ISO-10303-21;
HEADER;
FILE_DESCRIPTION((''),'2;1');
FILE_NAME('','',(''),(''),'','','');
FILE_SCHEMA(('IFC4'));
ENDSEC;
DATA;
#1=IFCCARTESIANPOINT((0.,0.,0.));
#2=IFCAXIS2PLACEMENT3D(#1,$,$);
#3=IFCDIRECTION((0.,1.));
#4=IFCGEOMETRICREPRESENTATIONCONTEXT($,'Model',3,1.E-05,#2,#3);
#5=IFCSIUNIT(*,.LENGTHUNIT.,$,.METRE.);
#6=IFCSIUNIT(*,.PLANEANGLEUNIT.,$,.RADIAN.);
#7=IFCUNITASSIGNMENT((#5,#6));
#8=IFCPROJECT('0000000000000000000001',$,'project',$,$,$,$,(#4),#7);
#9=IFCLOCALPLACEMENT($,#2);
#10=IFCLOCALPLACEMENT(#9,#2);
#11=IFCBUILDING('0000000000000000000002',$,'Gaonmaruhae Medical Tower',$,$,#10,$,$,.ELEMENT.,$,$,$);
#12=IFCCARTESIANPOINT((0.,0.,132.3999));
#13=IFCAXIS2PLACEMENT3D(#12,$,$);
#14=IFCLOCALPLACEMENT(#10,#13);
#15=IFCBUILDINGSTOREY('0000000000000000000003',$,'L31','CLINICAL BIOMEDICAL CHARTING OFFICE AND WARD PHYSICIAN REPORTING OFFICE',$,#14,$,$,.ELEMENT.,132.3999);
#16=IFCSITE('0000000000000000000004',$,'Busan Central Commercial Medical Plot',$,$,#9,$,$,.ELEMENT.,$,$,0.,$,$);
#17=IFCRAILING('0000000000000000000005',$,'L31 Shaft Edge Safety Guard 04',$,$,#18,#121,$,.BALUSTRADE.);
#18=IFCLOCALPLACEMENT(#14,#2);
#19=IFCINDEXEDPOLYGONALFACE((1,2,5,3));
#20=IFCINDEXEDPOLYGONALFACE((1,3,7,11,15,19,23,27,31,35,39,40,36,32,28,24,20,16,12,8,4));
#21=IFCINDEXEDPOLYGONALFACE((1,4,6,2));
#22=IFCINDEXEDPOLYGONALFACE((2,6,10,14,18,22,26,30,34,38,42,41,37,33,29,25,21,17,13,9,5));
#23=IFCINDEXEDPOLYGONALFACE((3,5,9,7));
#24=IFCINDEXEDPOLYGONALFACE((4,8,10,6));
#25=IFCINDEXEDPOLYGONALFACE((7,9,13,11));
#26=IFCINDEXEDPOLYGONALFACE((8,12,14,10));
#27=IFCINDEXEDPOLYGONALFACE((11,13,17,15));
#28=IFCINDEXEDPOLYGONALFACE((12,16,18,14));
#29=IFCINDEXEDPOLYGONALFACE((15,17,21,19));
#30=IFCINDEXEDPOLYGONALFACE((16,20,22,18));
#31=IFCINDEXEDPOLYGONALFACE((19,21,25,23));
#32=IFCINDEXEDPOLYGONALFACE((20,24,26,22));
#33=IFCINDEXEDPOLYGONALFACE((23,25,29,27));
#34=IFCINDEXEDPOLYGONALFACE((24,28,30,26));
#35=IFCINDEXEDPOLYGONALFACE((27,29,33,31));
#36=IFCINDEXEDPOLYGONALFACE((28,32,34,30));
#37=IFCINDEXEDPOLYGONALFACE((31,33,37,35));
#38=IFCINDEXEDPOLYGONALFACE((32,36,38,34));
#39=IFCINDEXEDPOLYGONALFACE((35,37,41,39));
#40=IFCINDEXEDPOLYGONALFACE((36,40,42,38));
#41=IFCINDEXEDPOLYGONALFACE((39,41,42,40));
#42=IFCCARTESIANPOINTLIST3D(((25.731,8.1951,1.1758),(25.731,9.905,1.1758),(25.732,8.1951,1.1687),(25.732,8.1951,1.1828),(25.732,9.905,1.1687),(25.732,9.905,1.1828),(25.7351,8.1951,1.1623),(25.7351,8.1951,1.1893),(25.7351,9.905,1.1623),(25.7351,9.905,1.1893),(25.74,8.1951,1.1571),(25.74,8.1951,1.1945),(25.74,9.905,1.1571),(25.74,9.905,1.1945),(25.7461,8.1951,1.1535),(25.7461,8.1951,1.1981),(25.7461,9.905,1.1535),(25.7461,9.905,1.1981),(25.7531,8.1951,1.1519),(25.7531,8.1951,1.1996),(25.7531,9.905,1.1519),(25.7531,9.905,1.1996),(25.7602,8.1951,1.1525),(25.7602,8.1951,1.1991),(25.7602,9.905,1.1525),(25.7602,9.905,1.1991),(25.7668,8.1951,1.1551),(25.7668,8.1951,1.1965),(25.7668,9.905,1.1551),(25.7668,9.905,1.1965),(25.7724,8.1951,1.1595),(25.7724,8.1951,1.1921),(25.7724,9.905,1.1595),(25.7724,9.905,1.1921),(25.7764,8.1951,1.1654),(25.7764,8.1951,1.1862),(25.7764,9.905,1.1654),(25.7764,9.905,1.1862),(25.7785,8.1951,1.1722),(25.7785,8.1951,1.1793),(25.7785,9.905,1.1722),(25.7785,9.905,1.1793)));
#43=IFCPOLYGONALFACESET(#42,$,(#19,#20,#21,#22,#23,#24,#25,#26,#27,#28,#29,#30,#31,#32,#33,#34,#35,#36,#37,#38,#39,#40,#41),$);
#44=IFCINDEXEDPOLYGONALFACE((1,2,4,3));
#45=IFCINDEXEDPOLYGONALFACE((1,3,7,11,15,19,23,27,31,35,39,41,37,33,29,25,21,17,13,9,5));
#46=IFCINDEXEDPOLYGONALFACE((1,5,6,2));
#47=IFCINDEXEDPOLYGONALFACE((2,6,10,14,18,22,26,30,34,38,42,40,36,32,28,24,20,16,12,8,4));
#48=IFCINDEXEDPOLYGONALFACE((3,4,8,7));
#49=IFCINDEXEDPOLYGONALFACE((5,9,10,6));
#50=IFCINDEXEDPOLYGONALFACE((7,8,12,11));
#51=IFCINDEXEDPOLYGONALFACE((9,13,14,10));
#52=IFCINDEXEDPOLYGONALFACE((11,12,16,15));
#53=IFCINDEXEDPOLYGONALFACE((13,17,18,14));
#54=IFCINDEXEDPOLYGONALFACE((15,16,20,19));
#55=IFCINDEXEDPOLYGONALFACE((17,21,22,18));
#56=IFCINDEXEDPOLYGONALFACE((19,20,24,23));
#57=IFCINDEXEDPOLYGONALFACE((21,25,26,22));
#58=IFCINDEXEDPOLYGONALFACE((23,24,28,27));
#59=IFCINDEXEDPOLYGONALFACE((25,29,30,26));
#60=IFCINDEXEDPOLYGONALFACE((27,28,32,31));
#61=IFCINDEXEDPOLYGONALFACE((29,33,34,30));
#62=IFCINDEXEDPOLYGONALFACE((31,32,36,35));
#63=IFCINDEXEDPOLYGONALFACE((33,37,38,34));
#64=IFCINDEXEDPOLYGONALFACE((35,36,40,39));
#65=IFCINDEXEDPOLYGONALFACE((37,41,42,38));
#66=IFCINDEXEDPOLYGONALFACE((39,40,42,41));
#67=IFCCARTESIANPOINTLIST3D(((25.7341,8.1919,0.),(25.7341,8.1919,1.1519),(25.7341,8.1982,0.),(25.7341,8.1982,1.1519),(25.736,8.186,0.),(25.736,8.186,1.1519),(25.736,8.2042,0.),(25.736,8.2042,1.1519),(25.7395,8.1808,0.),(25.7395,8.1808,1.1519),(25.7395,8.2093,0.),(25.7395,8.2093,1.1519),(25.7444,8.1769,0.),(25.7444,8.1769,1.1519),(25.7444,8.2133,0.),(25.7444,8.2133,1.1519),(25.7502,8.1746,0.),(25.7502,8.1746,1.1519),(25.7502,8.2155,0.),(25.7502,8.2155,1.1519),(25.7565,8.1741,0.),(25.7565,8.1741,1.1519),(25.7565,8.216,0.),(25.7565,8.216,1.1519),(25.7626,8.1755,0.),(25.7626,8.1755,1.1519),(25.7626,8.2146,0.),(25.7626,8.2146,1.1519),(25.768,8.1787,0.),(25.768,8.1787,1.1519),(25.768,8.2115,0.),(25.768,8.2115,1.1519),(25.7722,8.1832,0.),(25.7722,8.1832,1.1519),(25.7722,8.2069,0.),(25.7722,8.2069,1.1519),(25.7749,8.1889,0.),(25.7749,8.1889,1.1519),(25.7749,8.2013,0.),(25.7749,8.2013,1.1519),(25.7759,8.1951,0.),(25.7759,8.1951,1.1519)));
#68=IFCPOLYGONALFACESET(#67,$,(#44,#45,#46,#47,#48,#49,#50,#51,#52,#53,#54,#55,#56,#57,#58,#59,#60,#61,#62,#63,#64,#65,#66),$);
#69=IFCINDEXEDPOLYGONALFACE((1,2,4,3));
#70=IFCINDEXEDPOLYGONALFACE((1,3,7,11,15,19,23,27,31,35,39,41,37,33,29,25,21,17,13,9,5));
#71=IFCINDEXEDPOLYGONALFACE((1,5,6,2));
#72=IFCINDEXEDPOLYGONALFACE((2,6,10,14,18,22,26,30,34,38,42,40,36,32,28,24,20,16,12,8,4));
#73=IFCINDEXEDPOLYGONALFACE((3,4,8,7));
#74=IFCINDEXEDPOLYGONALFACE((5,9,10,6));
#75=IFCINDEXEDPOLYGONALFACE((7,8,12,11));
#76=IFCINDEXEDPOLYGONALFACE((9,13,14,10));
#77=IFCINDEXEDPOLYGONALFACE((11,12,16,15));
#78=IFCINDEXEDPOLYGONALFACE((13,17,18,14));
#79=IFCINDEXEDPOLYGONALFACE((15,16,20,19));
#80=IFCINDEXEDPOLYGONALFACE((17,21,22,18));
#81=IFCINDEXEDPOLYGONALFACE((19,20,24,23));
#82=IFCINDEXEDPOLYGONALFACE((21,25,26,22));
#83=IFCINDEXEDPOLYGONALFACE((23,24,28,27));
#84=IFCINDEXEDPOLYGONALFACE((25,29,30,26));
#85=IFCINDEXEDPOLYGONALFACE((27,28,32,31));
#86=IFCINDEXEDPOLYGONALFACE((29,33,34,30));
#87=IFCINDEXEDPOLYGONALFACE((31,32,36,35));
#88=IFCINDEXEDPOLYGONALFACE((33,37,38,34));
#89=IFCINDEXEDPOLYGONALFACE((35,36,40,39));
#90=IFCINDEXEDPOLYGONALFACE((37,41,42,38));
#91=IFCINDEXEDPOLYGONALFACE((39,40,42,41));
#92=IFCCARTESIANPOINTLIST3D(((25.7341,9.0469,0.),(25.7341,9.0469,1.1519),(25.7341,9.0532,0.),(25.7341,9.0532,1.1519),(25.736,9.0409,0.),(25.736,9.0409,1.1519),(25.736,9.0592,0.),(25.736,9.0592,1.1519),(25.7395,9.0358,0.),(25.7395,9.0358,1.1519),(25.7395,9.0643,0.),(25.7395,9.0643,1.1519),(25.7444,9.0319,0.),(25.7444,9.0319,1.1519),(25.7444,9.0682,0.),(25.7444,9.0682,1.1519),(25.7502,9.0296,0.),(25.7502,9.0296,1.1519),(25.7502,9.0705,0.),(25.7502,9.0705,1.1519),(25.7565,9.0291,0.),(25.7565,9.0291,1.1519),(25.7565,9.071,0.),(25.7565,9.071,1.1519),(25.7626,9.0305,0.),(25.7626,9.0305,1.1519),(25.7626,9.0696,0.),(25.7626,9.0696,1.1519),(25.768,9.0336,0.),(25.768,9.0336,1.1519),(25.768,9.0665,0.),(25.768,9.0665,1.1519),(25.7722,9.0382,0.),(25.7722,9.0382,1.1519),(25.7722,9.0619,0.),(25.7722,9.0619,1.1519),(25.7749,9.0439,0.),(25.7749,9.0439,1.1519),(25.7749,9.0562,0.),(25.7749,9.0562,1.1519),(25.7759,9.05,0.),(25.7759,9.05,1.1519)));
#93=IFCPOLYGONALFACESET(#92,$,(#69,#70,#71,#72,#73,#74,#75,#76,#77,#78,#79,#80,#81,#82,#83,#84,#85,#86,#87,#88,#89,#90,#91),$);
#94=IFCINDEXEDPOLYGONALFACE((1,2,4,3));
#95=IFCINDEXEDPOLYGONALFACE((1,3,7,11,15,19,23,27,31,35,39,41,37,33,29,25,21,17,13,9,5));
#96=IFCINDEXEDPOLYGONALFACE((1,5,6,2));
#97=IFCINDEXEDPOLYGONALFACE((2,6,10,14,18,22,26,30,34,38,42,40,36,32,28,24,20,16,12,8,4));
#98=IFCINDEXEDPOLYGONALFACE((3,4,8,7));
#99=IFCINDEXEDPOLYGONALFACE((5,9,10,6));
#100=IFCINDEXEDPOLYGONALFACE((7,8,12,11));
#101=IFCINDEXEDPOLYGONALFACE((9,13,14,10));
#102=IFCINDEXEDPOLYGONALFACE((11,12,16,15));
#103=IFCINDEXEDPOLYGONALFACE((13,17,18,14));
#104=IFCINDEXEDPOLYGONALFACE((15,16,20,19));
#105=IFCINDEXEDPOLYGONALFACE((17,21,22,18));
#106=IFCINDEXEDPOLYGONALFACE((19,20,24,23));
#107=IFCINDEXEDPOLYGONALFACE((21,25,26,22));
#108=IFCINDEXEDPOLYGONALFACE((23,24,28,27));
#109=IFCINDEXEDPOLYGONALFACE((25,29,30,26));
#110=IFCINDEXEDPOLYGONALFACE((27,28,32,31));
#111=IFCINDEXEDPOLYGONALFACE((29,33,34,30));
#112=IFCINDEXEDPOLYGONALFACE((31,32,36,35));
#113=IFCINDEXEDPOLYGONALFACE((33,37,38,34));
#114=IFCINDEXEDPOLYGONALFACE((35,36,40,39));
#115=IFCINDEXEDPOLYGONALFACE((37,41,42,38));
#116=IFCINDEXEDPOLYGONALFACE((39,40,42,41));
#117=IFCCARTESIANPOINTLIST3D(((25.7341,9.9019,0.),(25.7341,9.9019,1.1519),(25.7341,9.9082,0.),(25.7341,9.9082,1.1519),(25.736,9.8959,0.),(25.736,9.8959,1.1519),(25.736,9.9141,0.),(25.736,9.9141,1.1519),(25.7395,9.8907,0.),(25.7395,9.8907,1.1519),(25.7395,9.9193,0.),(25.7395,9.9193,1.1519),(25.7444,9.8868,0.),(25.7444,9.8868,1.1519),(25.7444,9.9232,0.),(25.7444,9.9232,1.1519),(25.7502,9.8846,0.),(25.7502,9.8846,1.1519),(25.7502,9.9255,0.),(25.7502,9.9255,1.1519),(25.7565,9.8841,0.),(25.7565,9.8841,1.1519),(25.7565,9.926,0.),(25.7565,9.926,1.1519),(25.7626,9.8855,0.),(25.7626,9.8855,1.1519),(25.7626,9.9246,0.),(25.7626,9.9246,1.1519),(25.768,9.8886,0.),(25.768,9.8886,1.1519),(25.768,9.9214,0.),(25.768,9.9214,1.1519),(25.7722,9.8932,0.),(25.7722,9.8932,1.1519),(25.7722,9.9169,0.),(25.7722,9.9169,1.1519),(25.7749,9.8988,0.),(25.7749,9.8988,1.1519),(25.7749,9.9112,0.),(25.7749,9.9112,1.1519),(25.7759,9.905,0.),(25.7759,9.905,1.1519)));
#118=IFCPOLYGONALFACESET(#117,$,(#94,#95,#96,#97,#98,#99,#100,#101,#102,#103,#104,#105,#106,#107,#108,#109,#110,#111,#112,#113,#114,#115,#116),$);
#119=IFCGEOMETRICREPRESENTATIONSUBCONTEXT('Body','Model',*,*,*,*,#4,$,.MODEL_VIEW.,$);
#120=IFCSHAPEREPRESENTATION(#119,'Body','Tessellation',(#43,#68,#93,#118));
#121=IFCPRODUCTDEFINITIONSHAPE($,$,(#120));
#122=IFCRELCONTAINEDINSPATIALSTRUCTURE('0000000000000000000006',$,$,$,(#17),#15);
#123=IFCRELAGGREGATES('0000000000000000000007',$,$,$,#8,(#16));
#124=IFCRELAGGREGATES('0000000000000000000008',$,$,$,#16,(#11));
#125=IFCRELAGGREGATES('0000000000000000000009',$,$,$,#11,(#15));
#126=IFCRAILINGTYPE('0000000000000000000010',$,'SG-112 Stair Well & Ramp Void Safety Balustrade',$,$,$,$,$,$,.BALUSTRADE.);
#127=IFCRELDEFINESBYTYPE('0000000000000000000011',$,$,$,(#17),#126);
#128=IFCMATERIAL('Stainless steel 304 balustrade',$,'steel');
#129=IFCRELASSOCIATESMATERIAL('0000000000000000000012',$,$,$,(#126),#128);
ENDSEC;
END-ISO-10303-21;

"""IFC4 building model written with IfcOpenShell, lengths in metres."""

from ifc_helpers import new_model, si_unit, direction, frame, origin, origin_2d, place, context, subcontext, project, spatial, circle, extrude, material, type_object, element, save


model = new_model("IFC4")

# Units and contexts
model_context = context("Model", 3, precision=1e-05, world=origin(), true_north=direction((0.0, 1.0)))
body_context = subcontext(model_context, "Body", "Model", "MODEL_VIEW")
ifc_project = project(units=[si_unit("LENGTHUNIT", "METRE"), si_unit("PLANEANGLEUNIT", "RADIAN")], contexts=[model_context])

# Site, building, storey
site_placement = place(None, origin())
site = spatial("IfcSite", under=ifc_project, at=site_placement, Name="Busan Central Commercial Medical Plot", CompositionType="ELEMENT", RefElevation=0.0)
building_placement = place(site_placement, origin())
building = spatial("IfcBuilding", under=site, at=building_placement, Name="Gaonmaruhae Medical Tower", CompositionType="ELEMENT")
storey_placement = place(building_placement, frame((0.0, 0.0, 132.3999)))
storey = spatial("IfcBuildingStorey", under=building, at=storey_placement, Name="L31", Description="CLINICAL BIOMEDICAL CHARTING OFFICE AND WARD PHYSICIAN REPORTING OFFICE", CompositionType="ELEMENT", Elevation=132.3999)

# Railing
ifc_material_1 = material(Name="Stainless steel 304 balustrade", Category="steel")
railing_type_1 = type_object("IfcRailingType", Name="SG-112 Stair Well & Ramp Void Safety Balustrade", PredefinedType="BALUSTRADE", material=ifc_material_1)
railing_1_placement = place(storey_placement, frame((25.7549, 8.1951, 0.0)))
element("IfcRailing", 1, at=railing_1_placement, inside=storey, type_object=railing_type_1, Name="L31 Shaft Edge Safety Guard 04", PredefinedType="BALUSTRADE", context=body_context, shape_type="SweptSolid", body=[
    extrude(circle(Radius=0.0239, at=origin_2d()), frame((0.0, 0.0, 1.1758), z_axis=(0.0, 1.0, 0.0), x_axis=(-1.0, 0.0, 0.0)), (0.0, 0.0, 1.0), 1.71),
    extrude(circle(Radius=0.021, at=origin_2d()), origin(), (0.0, 0.0, 1.0), 1.1519),
    extrude(circle(Radius=0.021, at=origin_2d()), frame((0.0, 0.855, 0.0)), (0.0, 0.0, 1.0), 1.1519),
    extrude(circle(Radius=0.021, at=origin_2d()), frame((0.0, 1.71, 0.0)), (0.0, 0.0, 1.0), 1.1519),
])

save(model, "model.ifc")
